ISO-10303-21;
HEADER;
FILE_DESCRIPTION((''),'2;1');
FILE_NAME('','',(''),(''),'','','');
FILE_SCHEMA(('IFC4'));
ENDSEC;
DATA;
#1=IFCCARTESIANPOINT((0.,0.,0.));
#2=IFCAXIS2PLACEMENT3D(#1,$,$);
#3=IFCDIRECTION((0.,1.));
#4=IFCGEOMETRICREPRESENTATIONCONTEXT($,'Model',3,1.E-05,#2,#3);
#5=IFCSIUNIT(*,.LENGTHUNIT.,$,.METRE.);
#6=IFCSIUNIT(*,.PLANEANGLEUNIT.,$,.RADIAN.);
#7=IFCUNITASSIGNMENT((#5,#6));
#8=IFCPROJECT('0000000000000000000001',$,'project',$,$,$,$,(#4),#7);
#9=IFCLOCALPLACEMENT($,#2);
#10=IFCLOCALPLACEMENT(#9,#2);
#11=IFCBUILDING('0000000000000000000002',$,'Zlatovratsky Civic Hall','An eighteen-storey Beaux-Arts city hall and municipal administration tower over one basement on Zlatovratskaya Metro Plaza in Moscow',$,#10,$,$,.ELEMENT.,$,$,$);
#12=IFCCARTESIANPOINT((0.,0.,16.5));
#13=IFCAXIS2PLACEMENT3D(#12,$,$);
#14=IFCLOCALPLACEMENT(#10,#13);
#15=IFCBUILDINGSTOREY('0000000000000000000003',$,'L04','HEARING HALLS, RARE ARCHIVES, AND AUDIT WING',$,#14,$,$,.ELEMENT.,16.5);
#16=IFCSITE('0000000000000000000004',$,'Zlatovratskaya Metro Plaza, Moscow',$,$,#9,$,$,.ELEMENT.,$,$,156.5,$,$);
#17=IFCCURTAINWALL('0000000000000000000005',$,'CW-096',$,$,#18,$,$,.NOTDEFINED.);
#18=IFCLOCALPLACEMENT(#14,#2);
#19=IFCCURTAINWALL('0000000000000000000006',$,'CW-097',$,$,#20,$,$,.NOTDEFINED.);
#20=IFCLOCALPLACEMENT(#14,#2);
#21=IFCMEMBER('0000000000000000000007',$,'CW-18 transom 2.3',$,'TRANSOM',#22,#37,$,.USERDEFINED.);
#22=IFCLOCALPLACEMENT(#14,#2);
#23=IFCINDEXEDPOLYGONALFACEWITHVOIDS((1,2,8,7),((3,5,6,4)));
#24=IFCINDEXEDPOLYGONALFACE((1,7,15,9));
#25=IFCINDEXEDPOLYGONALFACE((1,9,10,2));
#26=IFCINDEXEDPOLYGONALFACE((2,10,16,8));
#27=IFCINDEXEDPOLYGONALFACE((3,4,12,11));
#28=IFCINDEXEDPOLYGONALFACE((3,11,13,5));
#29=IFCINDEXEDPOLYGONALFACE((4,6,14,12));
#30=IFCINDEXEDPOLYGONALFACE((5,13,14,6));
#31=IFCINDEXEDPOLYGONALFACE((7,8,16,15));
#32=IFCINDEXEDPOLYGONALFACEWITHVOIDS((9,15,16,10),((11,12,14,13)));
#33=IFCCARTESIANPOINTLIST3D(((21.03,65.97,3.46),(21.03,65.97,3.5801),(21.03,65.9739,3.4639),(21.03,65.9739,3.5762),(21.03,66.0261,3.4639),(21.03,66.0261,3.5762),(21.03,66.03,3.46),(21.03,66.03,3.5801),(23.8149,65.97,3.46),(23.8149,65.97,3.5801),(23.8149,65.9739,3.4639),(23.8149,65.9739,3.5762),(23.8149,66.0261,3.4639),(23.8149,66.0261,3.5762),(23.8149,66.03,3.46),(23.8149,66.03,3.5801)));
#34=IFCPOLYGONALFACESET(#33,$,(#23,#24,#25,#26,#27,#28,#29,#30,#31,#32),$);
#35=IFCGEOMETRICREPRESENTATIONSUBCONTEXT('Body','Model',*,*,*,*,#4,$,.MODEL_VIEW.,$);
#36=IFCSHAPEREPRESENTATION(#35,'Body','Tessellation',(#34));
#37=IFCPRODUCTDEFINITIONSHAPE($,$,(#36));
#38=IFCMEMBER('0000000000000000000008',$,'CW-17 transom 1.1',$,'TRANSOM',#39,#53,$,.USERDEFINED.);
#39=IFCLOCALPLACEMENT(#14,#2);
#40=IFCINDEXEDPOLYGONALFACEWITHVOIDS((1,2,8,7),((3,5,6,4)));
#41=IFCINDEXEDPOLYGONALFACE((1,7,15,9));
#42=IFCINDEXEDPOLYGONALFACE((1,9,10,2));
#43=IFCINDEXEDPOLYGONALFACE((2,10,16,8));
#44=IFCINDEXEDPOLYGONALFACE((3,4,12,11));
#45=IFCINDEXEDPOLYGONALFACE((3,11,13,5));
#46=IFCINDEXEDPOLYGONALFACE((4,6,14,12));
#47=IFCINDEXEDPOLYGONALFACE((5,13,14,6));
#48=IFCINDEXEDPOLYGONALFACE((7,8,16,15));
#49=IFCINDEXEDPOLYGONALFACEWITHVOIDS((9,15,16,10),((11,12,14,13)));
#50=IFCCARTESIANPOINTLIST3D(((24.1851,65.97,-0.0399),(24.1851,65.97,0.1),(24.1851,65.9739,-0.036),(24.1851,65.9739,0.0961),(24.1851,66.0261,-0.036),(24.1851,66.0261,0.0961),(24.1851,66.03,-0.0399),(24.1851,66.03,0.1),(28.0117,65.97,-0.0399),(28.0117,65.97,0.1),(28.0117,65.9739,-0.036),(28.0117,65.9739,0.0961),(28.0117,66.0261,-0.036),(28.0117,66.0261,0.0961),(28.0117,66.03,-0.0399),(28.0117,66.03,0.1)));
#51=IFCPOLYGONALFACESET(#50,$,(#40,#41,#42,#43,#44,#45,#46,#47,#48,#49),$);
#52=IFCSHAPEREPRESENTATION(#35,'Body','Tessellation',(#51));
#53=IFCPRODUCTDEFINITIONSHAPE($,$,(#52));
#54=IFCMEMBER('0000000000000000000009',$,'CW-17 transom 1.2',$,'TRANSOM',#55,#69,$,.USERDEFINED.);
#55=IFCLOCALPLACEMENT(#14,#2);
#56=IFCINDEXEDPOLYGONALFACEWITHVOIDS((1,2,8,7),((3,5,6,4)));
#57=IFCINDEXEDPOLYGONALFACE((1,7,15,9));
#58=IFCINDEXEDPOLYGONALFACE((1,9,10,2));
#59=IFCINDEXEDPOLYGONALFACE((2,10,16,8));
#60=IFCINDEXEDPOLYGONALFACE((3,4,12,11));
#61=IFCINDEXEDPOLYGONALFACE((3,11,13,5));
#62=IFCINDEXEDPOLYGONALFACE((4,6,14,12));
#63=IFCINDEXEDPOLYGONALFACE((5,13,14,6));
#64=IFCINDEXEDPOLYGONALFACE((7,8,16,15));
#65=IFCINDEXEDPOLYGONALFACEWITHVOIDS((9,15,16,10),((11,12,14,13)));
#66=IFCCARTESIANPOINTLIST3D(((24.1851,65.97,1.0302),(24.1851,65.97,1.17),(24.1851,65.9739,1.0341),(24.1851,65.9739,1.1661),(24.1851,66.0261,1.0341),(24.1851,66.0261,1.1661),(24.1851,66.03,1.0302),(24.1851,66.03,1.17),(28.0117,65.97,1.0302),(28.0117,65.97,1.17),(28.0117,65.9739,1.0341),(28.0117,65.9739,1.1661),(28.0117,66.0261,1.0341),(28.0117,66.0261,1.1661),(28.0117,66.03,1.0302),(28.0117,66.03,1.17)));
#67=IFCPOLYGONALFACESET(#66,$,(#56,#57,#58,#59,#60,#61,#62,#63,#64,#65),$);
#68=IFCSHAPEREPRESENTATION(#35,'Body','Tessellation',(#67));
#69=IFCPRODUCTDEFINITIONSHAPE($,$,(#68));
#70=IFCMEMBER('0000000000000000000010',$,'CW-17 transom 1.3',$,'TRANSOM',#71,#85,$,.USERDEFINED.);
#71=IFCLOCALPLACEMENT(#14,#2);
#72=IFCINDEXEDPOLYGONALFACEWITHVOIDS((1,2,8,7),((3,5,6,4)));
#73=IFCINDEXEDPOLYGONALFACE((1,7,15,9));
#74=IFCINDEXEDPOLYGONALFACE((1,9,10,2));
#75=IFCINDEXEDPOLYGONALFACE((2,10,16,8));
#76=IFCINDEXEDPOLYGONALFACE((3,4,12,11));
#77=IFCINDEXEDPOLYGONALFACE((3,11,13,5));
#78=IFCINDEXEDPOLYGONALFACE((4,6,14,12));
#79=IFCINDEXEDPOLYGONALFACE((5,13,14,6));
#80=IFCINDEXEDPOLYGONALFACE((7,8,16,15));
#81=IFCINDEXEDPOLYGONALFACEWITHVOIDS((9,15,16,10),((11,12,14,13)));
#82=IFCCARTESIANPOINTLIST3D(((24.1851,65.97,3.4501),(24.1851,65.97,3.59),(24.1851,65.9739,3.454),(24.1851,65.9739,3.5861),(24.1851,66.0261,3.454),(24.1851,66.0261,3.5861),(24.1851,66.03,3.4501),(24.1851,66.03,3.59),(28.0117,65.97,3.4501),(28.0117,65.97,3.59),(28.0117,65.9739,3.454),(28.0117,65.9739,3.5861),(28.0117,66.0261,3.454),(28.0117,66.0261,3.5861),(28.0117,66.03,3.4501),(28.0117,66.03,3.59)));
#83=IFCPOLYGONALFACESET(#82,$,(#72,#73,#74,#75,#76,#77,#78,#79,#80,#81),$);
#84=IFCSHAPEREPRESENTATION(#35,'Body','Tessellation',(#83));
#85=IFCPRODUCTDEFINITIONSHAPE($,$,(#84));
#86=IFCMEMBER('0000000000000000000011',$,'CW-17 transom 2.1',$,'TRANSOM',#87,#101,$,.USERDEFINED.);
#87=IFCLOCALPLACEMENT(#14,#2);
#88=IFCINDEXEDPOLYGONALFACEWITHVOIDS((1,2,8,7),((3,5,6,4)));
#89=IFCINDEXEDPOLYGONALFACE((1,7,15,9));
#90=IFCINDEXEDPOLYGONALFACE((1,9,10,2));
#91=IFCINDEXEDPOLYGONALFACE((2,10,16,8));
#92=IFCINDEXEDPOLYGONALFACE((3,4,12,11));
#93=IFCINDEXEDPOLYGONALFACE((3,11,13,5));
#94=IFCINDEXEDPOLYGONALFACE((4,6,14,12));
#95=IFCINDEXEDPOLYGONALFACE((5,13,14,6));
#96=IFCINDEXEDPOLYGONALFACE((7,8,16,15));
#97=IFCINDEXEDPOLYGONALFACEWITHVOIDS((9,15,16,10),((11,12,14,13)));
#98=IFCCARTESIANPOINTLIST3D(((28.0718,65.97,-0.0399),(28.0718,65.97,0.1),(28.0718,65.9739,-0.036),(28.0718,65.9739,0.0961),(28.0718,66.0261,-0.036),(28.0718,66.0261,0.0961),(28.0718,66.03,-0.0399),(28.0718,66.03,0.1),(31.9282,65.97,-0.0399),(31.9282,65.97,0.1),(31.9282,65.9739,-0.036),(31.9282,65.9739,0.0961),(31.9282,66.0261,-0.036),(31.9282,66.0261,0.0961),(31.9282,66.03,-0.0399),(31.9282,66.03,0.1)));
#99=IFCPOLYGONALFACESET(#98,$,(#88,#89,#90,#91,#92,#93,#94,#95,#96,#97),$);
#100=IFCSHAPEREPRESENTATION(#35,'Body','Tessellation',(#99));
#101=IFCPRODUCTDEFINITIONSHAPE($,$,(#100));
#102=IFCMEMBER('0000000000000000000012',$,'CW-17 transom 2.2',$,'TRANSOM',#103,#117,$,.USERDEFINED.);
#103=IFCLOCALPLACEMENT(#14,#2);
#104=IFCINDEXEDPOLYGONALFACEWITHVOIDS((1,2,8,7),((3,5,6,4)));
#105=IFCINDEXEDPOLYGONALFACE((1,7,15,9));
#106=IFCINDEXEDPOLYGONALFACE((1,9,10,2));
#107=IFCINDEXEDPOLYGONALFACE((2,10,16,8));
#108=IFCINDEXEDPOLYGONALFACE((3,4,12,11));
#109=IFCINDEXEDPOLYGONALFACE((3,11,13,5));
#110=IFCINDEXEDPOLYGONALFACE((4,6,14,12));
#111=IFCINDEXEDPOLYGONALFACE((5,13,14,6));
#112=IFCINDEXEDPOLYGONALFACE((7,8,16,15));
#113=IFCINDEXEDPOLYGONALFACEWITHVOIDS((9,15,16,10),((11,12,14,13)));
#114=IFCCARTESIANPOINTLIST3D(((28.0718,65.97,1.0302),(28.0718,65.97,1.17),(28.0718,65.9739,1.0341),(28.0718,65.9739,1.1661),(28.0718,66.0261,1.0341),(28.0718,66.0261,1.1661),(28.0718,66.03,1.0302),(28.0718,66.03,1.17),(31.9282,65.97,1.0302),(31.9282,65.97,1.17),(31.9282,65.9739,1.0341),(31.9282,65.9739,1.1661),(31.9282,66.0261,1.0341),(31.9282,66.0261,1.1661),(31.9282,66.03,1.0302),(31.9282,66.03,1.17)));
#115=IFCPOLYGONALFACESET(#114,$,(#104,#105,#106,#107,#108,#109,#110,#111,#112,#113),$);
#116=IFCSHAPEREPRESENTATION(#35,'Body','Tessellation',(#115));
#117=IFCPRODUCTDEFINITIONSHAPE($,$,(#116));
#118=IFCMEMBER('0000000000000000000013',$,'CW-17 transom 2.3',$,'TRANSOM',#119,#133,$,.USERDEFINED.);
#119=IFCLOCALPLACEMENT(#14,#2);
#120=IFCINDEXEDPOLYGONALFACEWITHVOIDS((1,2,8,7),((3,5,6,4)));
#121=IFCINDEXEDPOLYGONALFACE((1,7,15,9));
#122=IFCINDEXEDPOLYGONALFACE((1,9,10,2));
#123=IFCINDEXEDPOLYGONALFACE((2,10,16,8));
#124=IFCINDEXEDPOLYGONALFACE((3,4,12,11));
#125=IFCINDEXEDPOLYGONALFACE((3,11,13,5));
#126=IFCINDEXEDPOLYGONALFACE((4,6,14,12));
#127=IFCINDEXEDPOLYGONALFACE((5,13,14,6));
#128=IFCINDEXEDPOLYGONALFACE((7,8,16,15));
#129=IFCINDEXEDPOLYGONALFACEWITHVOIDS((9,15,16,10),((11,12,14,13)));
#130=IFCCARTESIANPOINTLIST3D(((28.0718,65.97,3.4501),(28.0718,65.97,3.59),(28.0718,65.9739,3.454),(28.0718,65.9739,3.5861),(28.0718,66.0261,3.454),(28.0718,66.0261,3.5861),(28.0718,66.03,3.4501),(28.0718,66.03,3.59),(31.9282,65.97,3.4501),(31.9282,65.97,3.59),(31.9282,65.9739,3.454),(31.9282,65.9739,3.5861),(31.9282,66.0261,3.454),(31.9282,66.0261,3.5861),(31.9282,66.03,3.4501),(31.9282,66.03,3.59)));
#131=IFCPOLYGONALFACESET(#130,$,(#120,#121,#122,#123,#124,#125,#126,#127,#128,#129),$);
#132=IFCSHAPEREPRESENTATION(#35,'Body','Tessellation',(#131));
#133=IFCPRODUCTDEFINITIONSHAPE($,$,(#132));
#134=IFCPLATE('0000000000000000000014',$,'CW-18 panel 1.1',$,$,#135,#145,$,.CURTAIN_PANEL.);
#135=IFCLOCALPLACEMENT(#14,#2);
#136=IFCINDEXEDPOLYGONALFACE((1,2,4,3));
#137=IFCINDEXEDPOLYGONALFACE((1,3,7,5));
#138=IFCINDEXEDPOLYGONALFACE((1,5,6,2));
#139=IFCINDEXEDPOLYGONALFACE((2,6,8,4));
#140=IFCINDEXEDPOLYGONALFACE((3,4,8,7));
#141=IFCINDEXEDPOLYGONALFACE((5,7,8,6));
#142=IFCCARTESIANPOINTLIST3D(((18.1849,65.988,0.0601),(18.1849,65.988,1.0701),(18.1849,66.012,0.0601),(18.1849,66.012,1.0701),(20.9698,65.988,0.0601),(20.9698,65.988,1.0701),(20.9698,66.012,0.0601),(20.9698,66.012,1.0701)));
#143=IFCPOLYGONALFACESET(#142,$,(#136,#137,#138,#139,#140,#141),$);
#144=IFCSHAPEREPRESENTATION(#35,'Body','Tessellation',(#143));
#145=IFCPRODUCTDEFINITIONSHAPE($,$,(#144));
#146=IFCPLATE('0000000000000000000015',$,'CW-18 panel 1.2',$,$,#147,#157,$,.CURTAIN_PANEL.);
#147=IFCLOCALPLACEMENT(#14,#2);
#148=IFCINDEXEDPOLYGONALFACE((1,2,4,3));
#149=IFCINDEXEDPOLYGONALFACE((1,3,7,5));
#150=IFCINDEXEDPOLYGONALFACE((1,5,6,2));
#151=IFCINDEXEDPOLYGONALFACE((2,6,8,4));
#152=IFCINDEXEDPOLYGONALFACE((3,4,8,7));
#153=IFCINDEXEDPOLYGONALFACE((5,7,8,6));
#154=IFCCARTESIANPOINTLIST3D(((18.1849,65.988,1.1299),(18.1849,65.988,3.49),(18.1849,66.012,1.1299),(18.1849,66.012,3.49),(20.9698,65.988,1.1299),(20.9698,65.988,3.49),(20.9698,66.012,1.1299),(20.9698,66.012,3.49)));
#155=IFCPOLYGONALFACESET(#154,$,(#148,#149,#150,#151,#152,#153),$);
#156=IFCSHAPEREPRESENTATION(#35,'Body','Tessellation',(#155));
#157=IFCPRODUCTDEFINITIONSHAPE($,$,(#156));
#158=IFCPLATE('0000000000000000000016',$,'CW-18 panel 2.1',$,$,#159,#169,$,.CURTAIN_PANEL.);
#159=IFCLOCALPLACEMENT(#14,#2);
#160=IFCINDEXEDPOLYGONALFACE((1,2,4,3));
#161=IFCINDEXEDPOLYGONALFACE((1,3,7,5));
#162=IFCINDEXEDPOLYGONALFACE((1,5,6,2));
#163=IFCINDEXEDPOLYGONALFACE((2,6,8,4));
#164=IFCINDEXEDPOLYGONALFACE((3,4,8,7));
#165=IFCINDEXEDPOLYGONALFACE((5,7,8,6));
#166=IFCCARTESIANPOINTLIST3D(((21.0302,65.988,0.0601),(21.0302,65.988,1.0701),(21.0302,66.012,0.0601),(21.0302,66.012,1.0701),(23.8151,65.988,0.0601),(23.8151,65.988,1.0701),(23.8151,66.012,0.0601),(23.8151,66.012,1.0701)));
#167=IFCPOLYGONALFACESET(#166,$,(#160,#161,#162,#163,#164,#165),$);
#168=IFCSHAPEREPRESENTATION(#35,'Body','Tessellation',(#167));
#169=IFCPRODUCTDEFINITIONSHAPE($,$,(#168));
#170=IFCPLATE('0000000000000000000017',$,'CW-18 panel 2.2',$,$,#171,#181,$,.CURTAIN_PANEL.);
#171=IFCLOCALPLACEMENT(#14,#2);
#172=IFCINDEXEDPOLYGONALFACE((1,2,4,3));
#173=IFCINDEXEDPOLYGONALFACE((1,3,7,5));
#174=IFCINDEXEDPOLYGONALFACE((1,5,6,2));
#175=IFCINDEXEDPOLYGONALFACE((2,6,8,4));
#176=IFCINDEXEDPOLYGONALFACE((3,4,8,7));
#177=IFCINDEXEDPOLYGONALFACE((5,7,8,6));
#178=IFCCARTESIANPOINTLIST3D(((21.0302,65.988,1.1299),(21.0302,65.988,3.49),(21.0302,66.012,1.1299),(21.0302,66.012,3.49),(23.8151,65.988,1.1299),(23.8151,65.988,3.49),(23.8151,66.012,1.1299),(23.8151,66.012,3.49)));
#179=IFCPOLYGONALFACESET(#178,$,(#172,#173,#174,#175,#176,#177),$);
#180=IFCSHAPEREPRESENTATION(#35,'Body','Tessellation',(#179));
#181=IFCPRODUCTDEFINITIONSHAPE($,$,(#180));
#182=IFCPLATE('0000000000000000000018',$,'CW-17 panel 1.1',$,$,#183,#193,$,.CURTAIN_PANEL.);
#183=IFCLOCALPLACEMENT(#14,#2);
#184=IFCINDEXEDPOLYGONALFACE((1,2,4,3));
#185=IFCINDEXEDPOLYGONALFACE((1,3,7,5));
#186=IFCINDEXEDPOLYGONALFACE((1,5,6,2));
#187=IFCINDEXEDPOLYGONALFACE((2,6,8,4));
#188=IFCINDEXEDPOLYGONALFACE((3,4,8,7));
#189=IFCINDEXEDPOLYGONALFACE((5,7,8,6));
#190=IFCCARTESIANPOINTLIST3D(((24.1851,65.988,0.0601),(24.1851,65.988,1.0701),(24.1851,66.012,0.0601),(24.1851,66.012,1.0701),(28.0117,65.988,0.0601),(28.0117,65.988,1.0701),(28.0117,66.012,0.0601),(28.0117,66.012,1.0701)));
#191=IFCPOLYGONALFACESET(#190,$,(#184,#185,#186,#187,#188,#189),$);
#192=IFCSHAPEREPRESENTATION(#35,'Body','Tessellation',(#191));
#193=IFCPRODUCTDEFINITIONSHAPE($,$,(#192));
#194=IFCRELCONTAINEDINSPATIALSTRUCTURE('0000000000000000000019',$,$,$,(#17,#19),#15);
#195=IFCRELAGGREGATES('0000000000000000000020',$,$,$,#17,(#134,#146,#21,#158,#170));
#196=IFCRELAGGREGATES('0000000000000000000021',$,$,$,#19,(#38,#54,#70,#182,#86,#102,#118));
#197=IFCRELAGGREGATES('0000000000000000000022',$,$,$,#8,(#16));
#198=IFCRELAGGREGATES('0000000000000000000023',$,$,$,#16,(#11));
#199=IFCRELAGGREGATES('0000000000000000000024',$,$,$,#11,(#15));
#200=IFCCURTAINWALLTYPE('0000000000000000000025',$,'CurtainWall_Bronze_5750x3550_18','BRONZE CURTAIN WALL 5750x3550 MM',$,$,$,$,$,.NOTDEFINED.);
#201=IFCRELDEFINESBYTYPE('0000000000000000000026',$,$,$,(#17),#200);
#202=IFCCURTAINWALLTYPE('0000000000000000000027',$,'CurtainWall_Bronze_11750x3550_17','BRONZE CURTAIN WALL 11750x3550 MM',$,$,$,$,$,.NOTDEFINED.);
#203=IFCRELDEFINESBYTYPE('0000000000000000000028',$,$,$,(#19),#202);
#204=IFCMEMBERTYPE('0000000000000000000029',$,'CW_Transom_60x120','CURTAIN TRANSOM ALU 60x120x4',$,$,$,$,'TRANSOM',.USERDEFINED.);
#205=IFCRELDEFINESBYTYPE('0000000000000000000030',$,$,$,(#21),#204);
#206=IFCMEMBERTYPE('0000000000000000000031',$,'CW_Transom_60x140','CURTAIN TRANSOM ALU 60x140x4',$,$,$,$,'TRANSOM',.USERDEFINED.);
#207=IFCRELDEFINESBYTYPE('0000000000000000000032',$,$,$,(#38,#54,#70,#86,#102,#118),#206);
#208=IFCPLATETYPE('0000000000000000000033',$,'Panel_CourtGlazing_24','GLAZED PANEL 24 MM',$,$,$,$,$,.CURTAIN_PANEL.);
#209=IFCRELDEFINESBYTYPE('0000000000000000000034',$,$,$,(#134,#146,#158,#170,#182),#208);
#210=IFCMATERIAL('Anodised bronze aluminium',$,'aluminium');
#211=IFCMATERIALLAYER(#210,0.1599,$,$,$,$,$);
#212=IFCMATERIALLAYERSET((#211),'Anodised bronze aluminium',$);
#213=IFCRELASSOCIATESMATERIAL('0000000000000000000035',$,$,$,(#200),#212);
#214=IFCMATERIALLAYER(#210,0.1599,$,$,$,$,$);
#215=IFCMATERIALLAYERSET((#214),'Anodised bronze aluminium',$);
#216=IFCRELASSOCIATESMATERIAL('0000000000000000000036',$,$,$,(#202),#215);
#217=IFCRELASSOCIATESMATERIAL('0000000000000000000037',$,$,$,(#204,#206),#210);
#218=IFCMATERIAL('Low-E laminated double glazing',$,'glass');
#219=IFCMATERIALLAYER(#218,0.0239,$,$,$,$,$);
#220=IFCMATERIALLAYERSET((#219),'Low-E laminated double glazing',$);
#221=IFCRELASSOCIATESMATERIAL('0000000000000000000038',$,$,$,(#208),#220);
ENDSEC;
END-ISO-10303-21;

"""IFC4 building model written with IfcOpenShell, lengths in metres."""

from ifc_helpers import new_model, si_unit, direction, frame, origin, origin_2d, place, context, subcontext, project, spatial, rectangle, hollow_rectangle, extrude, material, layer, layer_set, material_profile, profile_set, type_object, element, aggregate, save


model = new_model("IFC4")

# Units and contexts
model_context = context("Model", 3, precision=1e-05, world=origin(), true_north=direction((0.0, 1.0)))
body_context = subcontext(model_context, "Body", "Model", "MODEL_VIEW")
ifc_project = project(units=[si_unit("LENGTHUNIT", "METRE"), si_unit("PLANEANGLEUNIT", "RADIAN")], contexts=[model_context])

# Site, building, storey
site_placement = place(None, origin())
site = spatial("IfcSite", under=ifc_project, at=site_placement, Name="Zlatovratskaya Metro Plaza, Moscow", CompositionType="ELEMENT", RefElevation=156.5)
building_placement = place(site_placement, origin())
building = spatial("IfcBuilding", under=site, at=building_placement, Name="Zlatovratsky Civic Hall", Description="An eighteen-storey Beaux-Arts city hall and municipal administration tower over one basement on Zlatovratskaya Metro Plaza in Moscow", CompositionType="ELEMENT")
storey_placement = place(building_placement, frame((0.0, 0.0, 16.5)))
storey = spatial("IfcBuildingStorey", under=building, at=storey_placement, Name="L04", Description="HEARING HALLS, RARE ARCHIVES, AND AUDIT WING", CompositionType="ELEMENT", Elevation=16.5)

# Curtain walls
ifc_material_1 = material(Name="Anodised bronze aluminium", Category="aluminium")
ifc_layer_1 = layer(ifc_material_1, 0.1599)
ifc_layer_set_1 = layer_set([ifc_layer_1], Name="Anodised bronze aluminium")
curtain_wall_type_1 = type_object("IfcCurtainWallType", Name="CurtainWall_Bronze_5750x3550_18", Description="BRONZE CURTAIN WALL 5750x3550 MM", PredefinedType="NOTDEFINED", material=ifc_layer_set_1)
curtain_wall_1_placement = place(storey_placement, origin())
curtain_wall_1 = element("IfcCurtainWall", 1, at=curtain_wall_1_placement, inside=storey, type_object=curtain_wall_type_1, Name="CW-096", PredefinedType="NOTDEFINED")
ifc_layer_2 = layer(ifc_material_1, 0.1599)
ifc_layer_set_2 = layer_set([ifc_layer_2], Name="Anodised bronze aluminium")
curtain_wall_type_2 = type_object("IfcCurtainWallType", Name="CurtainWall_Bronze_11750x3550_17", Description="BRONZE CURTAIN WALL 11750x3550 MM", PredefinedType="NOTDEFINED", material=ifc_layer_set_2)
curtain_wall_2_placement = place(storey_placement, origin())
curtain_wall_2 = element("IfcCurtainWall", 2, at=curtain_wall_2_placement, inside=storey, type_object=curtain_wall_type_2, Name="CW-097", PredefinedType="NOTDEFINED")

# Members
ifc_material_profile_1 = material_profile(ifc_material_1, hollow_rectangle(XDim=0.0601, YDim=0.1201, WallThickness=0.0039, at=origin_2d()), Name="ALU 60x120x4")
ifc_profile_set_1 = profile_set([ifc_material_profile_1], Name="Anodised bronze aluminium")
member_type_1 = type_object("IfcMemberType", Name="CW_Transom_60x120", Description="CURTAIN TRANSOM ALU 60x120x4", ElementType="TRANSOM", PredefinedType="USERDEFINED", material=ifc_profile_set_1)
member_1_placement = place(storey_placement, frame((21.03, 66.0, 3.52), z_axis=(1.0, 0.0, 0.0), x_axis=(0.0, 1.0, 0.0)))
member_1 = element("IfcMember", 3, at=member_1_placement, type_object=member_type_1, Name="CW-18 transom 2.3", ObjectType="TRANSOM", PredefinedType="USERDEFINED", context=body_context, shape_type="SweptSolid", body=[
    extrude(hollow_rectangle(XDim=0.0601, YDim=0.1201, WallThickness=0.0039, at=origin_2d()), origin(), (0.0, 0.0, 1.0), 2.7849),
])
ifc_material_profile_2 = material_profile(ifc_material_1, hollow_rectangle(XDim=0.0601, YDim=0.1399, WallThickness=0.0039, at=origin_2d()), Name="ALU 60x140x4")
ifc_profile_set_2 = profile_set([ifc_material_profile_2], Name="Anodised bronze aluminium")
member_type_2 = type_object("IfcMemberType", Name="CW_Transom_60x140", Description="CURTAIN TRANSOM ALU 60x140x4", ElementType="TRANSOM", PredefinedType="USERDEFINED", material=ifc_profile_set_2)
member_2_placement = place(storey_placement, frame((24.1851, 66.0, 0.03), z_axis=(1.0, 0.0, 0.0), x_axis=(0.0, 1.0, 0.0)))
member_2 = element("IfcMember", 4, at=member_2_placement, type_object=member_type_2, Name="CW-17 transom 1.1", ObjectType="TRANSOM", PredefinedType="USERDEFINED", context=body_context, shape_type="SweptSolid", body=[
    extrude(hollow_rectangle(XDim=0.0601, YDim=0.1399, WallThickness=0.0039, at=origin_2d()), origin(), (0.0, 0.0, 1.0), 3.8267),
])
member_3_placement = place(storey_placement, frame((24.1851, 66.0, 1.1001), z_axis=(1.0, 0.0, 0.0), x_axis=(0.0, 1.0, 0.0)))
member_3 = element("IfcMember", 5, at=member_3_placement, type_object=member_type_2, Name="CW-17 transom 1.2", ObjectType="TRANSOM", PredefinedType="USERDEFINED", context=body_context, shape_type="SweptSolid", body=[
    extrude(hollow_rectangle(XDim=0.0601, YDim=0.1399, WallThickness=0.0039, at=origin_2d()), origin(), (0.0, 0.0, 1.0), 3.8267),
])
member_4_placement = place(storey_placement, frame((24.1851, 66.0, 3.52), z_axis=(1.0, 0.0, 0.0), x_axis=(0.0, 1.0, 0.0)))
member_4 = element("IfcMember", 6, at=member_4_placement, type_object=member_type_2, Name="CW-17 transom 1.3", ObjectType="TRANSOM", PredefinedType="USERDEFINED", context=body_context, shape_type="SweptSolid", body=[
    extrude(hollow_rectangle(XDim=0.0601, YDim=0.1399, WallThickness=0.0039, at=origin_2d()), origin(), (0.0, 0.0, 1.0), 3.8267),
])
member_5_placement = place(storey_placement, frame((28.0718, 66.0, 0.03), z_axis=(1.0, 0.0, 0.0), x_axis=(0.0, 1.0, 0.0)))
member_5 = element("IfcMember", 7, at=member_5_placement, type_object=member_type_2, Name="CW-17 transom 2.1", ObjectType="TRANSOM", PredefinedType="USERDEFINED", context=body_context, shape_type="SweptSolid", body=[
    extrude(hollow_rectangle(XDim=0.0601, YDim=0.1399, WallThickness=0.0039, at=origin_2d()), origin(), (0.0, 0.0, 1.0), 3.8564),
])
member_6_placement = place(storey_placement, frame((28.0718, 66.0, 1.1001), z_axis=(1.0, 0.0, 0.0), x_axis=(0.0, 1.0, 0.0)))
member_6 = element("IfcMember", 8, at=member_6_placement, type_object=member_type_2, Name="CW-17 transom 2.2", ObjectType="TRANSOM", PredefinedType="USERDEFINED", context=body_context, shape_type="SweptSolid", body=[
    extrude(hollow_rectangle(XDim=0.0601, YDim=0.1399, WallThickness=0.0039, at=origin_2d()), origin(), (0.0, 0.0, 1.0), 3.8564),
])
member_7_placement = place(storey_placement, frame((28.0718, 66.0, 3.52), z_axis=(1.0, 0.0, 0.0), x_axis=(0.0, 1.0, 0.0)))
member_7 = element("IfcMember", 9, at=member_7_placement, type_object=member_type_2, Name="CW-17 transom 2.3", ObjectType="TRANSOM", PredefinedType="USERDEFINED", context=body_context, shape_type="SweptSolid", body=[
    extrude(hollow_rectangle(XDim=0.0601, YDim=0.1399, WallThickness=0.0039, at=origin_2d()), origin(), (0.0, 0.0, 1.0), 3.8564),
])

# Plates
ifc_material_2 = material(Name="Low-E laminated double glazing", Category="glass")
ifc_layer_3 = layer(ifc_material_2, 0.0239)
ifc_layer_set_3 = layer_set([ifc_layer_3], Name="Low-E laminated double glazing")
plate_type = type_object("IfcPlateType", Name="Panel_CourtGlazing_24", Description="GLAZED PANEL 24 MM", PredefinedType="CURTAIN_PANEL", material=ifc_layer_set_3)
plate_1_placement = place(storey_placement, frame((19.5774, 66.0, 0.0601), z_axis=(0.0, 0.0, 1.0), x_axis=(1.0, 0.0, 0.0)))
plate_1 = element("IfcPlate", 10, at=plate_1_placement, type_object=plate_type, Name="CW-18 panel 1.1", PredefinedType="CURTAIN_PANEL", context=body_context, shape_type="SweptSolid", body=[
    extrude(rectangle(XDim=2.7849, YDim=0.0239, at=origin_2d()), origin(), (0.0, 0.0, 1.0), 1.01),
])
plate_2_placement = place(storey_placement, frame((19.5774, 66.0, 1.1299), z_axis=(0.0, 0.0, 1.0), x_axis=(1.0, 0.0, 0.0)))
plate_2 = element("IfcPlate", 11, at=plate_2_placement, type_object=plate_type, Name="CW-18 panel 1.2", PredefinedType="CURTAIN_PANEL", context=body_context, shape_type="SweptSolid", body=[
    extrude(rectangle(XDim=2.7849, YDim=0.0239, at=origin_2d()), origin(), (0.0, 0.0, 1.0), 2.3601),
])
plate_3_placement = place(storey_placement, frame((22.4226, 66.0, 0.0601), z_axis=(0.0, 0.0, 1.0), x_axis=(1.0, 0.0, 0.0)))
plate_3 = element("IfcPlate", 12, at=plate_3_placement, type_object=plate_type, Name="CW-18 panel 2.1", PredefinedType="CURTAIN_PANEL", context=body_context, shape_type="SweptSolid", body=[
    extrude(rectangle(XDim=2.7849, YDim=0.0239, at=origin_2d()), origin(), (0.0, 0.0, 1.0), 1.01),
])
plate_4_placement = place(storey_placement, frame((22.4226, 66.0, 1.1299), z_axis=(0.0, 0.0, 1.0), x_axis=(1.0, 0.0, 0.0)))
plate_4 = element("IfcPlate", 13, at=plate_4_placement, type_object=plate_type, Name="CW-18 panel 2.2", PredefinedType="CURTAIN_PANEL", context=body_context, shape_type="SweptSolid", body=[
    extrude(rectangle(XDim=2.7849, YDim=0.0239, at=origin_2d()), origin(), (0.0, 0.0, 1.0), 2.3601),
])
aggregate(curtain_wall_1, [plate_1, plate_2, member_1, plate_3, plate_4])
plate_5_placement = place(storey_placement, frame((26.0984, 66.0, 0.0601), z_axis=(0.0, 0.0, 1.0), x_axis=(1.0, 0.0, 0.0)))
plate_5 = element("IfcPlate", 14, at=plate_5_placement, type_object=plate_type, Name="CW-17 panel 1.1", PredefinedType="CURTAIN_PANEL", context=body_context, shape_type="SweptSolid", body=[
    extrude(rectangle(XDim=3.8267, YDim=0.0239, at=origin_2d()), origin(), (0.0, 0.0, 1.0), 1.01),
])
aggregate(curtain_wall_2, [member_2, member_3, member_4, plate_5, member_5, member_6, member_7])

save(model, "model.ifc")
